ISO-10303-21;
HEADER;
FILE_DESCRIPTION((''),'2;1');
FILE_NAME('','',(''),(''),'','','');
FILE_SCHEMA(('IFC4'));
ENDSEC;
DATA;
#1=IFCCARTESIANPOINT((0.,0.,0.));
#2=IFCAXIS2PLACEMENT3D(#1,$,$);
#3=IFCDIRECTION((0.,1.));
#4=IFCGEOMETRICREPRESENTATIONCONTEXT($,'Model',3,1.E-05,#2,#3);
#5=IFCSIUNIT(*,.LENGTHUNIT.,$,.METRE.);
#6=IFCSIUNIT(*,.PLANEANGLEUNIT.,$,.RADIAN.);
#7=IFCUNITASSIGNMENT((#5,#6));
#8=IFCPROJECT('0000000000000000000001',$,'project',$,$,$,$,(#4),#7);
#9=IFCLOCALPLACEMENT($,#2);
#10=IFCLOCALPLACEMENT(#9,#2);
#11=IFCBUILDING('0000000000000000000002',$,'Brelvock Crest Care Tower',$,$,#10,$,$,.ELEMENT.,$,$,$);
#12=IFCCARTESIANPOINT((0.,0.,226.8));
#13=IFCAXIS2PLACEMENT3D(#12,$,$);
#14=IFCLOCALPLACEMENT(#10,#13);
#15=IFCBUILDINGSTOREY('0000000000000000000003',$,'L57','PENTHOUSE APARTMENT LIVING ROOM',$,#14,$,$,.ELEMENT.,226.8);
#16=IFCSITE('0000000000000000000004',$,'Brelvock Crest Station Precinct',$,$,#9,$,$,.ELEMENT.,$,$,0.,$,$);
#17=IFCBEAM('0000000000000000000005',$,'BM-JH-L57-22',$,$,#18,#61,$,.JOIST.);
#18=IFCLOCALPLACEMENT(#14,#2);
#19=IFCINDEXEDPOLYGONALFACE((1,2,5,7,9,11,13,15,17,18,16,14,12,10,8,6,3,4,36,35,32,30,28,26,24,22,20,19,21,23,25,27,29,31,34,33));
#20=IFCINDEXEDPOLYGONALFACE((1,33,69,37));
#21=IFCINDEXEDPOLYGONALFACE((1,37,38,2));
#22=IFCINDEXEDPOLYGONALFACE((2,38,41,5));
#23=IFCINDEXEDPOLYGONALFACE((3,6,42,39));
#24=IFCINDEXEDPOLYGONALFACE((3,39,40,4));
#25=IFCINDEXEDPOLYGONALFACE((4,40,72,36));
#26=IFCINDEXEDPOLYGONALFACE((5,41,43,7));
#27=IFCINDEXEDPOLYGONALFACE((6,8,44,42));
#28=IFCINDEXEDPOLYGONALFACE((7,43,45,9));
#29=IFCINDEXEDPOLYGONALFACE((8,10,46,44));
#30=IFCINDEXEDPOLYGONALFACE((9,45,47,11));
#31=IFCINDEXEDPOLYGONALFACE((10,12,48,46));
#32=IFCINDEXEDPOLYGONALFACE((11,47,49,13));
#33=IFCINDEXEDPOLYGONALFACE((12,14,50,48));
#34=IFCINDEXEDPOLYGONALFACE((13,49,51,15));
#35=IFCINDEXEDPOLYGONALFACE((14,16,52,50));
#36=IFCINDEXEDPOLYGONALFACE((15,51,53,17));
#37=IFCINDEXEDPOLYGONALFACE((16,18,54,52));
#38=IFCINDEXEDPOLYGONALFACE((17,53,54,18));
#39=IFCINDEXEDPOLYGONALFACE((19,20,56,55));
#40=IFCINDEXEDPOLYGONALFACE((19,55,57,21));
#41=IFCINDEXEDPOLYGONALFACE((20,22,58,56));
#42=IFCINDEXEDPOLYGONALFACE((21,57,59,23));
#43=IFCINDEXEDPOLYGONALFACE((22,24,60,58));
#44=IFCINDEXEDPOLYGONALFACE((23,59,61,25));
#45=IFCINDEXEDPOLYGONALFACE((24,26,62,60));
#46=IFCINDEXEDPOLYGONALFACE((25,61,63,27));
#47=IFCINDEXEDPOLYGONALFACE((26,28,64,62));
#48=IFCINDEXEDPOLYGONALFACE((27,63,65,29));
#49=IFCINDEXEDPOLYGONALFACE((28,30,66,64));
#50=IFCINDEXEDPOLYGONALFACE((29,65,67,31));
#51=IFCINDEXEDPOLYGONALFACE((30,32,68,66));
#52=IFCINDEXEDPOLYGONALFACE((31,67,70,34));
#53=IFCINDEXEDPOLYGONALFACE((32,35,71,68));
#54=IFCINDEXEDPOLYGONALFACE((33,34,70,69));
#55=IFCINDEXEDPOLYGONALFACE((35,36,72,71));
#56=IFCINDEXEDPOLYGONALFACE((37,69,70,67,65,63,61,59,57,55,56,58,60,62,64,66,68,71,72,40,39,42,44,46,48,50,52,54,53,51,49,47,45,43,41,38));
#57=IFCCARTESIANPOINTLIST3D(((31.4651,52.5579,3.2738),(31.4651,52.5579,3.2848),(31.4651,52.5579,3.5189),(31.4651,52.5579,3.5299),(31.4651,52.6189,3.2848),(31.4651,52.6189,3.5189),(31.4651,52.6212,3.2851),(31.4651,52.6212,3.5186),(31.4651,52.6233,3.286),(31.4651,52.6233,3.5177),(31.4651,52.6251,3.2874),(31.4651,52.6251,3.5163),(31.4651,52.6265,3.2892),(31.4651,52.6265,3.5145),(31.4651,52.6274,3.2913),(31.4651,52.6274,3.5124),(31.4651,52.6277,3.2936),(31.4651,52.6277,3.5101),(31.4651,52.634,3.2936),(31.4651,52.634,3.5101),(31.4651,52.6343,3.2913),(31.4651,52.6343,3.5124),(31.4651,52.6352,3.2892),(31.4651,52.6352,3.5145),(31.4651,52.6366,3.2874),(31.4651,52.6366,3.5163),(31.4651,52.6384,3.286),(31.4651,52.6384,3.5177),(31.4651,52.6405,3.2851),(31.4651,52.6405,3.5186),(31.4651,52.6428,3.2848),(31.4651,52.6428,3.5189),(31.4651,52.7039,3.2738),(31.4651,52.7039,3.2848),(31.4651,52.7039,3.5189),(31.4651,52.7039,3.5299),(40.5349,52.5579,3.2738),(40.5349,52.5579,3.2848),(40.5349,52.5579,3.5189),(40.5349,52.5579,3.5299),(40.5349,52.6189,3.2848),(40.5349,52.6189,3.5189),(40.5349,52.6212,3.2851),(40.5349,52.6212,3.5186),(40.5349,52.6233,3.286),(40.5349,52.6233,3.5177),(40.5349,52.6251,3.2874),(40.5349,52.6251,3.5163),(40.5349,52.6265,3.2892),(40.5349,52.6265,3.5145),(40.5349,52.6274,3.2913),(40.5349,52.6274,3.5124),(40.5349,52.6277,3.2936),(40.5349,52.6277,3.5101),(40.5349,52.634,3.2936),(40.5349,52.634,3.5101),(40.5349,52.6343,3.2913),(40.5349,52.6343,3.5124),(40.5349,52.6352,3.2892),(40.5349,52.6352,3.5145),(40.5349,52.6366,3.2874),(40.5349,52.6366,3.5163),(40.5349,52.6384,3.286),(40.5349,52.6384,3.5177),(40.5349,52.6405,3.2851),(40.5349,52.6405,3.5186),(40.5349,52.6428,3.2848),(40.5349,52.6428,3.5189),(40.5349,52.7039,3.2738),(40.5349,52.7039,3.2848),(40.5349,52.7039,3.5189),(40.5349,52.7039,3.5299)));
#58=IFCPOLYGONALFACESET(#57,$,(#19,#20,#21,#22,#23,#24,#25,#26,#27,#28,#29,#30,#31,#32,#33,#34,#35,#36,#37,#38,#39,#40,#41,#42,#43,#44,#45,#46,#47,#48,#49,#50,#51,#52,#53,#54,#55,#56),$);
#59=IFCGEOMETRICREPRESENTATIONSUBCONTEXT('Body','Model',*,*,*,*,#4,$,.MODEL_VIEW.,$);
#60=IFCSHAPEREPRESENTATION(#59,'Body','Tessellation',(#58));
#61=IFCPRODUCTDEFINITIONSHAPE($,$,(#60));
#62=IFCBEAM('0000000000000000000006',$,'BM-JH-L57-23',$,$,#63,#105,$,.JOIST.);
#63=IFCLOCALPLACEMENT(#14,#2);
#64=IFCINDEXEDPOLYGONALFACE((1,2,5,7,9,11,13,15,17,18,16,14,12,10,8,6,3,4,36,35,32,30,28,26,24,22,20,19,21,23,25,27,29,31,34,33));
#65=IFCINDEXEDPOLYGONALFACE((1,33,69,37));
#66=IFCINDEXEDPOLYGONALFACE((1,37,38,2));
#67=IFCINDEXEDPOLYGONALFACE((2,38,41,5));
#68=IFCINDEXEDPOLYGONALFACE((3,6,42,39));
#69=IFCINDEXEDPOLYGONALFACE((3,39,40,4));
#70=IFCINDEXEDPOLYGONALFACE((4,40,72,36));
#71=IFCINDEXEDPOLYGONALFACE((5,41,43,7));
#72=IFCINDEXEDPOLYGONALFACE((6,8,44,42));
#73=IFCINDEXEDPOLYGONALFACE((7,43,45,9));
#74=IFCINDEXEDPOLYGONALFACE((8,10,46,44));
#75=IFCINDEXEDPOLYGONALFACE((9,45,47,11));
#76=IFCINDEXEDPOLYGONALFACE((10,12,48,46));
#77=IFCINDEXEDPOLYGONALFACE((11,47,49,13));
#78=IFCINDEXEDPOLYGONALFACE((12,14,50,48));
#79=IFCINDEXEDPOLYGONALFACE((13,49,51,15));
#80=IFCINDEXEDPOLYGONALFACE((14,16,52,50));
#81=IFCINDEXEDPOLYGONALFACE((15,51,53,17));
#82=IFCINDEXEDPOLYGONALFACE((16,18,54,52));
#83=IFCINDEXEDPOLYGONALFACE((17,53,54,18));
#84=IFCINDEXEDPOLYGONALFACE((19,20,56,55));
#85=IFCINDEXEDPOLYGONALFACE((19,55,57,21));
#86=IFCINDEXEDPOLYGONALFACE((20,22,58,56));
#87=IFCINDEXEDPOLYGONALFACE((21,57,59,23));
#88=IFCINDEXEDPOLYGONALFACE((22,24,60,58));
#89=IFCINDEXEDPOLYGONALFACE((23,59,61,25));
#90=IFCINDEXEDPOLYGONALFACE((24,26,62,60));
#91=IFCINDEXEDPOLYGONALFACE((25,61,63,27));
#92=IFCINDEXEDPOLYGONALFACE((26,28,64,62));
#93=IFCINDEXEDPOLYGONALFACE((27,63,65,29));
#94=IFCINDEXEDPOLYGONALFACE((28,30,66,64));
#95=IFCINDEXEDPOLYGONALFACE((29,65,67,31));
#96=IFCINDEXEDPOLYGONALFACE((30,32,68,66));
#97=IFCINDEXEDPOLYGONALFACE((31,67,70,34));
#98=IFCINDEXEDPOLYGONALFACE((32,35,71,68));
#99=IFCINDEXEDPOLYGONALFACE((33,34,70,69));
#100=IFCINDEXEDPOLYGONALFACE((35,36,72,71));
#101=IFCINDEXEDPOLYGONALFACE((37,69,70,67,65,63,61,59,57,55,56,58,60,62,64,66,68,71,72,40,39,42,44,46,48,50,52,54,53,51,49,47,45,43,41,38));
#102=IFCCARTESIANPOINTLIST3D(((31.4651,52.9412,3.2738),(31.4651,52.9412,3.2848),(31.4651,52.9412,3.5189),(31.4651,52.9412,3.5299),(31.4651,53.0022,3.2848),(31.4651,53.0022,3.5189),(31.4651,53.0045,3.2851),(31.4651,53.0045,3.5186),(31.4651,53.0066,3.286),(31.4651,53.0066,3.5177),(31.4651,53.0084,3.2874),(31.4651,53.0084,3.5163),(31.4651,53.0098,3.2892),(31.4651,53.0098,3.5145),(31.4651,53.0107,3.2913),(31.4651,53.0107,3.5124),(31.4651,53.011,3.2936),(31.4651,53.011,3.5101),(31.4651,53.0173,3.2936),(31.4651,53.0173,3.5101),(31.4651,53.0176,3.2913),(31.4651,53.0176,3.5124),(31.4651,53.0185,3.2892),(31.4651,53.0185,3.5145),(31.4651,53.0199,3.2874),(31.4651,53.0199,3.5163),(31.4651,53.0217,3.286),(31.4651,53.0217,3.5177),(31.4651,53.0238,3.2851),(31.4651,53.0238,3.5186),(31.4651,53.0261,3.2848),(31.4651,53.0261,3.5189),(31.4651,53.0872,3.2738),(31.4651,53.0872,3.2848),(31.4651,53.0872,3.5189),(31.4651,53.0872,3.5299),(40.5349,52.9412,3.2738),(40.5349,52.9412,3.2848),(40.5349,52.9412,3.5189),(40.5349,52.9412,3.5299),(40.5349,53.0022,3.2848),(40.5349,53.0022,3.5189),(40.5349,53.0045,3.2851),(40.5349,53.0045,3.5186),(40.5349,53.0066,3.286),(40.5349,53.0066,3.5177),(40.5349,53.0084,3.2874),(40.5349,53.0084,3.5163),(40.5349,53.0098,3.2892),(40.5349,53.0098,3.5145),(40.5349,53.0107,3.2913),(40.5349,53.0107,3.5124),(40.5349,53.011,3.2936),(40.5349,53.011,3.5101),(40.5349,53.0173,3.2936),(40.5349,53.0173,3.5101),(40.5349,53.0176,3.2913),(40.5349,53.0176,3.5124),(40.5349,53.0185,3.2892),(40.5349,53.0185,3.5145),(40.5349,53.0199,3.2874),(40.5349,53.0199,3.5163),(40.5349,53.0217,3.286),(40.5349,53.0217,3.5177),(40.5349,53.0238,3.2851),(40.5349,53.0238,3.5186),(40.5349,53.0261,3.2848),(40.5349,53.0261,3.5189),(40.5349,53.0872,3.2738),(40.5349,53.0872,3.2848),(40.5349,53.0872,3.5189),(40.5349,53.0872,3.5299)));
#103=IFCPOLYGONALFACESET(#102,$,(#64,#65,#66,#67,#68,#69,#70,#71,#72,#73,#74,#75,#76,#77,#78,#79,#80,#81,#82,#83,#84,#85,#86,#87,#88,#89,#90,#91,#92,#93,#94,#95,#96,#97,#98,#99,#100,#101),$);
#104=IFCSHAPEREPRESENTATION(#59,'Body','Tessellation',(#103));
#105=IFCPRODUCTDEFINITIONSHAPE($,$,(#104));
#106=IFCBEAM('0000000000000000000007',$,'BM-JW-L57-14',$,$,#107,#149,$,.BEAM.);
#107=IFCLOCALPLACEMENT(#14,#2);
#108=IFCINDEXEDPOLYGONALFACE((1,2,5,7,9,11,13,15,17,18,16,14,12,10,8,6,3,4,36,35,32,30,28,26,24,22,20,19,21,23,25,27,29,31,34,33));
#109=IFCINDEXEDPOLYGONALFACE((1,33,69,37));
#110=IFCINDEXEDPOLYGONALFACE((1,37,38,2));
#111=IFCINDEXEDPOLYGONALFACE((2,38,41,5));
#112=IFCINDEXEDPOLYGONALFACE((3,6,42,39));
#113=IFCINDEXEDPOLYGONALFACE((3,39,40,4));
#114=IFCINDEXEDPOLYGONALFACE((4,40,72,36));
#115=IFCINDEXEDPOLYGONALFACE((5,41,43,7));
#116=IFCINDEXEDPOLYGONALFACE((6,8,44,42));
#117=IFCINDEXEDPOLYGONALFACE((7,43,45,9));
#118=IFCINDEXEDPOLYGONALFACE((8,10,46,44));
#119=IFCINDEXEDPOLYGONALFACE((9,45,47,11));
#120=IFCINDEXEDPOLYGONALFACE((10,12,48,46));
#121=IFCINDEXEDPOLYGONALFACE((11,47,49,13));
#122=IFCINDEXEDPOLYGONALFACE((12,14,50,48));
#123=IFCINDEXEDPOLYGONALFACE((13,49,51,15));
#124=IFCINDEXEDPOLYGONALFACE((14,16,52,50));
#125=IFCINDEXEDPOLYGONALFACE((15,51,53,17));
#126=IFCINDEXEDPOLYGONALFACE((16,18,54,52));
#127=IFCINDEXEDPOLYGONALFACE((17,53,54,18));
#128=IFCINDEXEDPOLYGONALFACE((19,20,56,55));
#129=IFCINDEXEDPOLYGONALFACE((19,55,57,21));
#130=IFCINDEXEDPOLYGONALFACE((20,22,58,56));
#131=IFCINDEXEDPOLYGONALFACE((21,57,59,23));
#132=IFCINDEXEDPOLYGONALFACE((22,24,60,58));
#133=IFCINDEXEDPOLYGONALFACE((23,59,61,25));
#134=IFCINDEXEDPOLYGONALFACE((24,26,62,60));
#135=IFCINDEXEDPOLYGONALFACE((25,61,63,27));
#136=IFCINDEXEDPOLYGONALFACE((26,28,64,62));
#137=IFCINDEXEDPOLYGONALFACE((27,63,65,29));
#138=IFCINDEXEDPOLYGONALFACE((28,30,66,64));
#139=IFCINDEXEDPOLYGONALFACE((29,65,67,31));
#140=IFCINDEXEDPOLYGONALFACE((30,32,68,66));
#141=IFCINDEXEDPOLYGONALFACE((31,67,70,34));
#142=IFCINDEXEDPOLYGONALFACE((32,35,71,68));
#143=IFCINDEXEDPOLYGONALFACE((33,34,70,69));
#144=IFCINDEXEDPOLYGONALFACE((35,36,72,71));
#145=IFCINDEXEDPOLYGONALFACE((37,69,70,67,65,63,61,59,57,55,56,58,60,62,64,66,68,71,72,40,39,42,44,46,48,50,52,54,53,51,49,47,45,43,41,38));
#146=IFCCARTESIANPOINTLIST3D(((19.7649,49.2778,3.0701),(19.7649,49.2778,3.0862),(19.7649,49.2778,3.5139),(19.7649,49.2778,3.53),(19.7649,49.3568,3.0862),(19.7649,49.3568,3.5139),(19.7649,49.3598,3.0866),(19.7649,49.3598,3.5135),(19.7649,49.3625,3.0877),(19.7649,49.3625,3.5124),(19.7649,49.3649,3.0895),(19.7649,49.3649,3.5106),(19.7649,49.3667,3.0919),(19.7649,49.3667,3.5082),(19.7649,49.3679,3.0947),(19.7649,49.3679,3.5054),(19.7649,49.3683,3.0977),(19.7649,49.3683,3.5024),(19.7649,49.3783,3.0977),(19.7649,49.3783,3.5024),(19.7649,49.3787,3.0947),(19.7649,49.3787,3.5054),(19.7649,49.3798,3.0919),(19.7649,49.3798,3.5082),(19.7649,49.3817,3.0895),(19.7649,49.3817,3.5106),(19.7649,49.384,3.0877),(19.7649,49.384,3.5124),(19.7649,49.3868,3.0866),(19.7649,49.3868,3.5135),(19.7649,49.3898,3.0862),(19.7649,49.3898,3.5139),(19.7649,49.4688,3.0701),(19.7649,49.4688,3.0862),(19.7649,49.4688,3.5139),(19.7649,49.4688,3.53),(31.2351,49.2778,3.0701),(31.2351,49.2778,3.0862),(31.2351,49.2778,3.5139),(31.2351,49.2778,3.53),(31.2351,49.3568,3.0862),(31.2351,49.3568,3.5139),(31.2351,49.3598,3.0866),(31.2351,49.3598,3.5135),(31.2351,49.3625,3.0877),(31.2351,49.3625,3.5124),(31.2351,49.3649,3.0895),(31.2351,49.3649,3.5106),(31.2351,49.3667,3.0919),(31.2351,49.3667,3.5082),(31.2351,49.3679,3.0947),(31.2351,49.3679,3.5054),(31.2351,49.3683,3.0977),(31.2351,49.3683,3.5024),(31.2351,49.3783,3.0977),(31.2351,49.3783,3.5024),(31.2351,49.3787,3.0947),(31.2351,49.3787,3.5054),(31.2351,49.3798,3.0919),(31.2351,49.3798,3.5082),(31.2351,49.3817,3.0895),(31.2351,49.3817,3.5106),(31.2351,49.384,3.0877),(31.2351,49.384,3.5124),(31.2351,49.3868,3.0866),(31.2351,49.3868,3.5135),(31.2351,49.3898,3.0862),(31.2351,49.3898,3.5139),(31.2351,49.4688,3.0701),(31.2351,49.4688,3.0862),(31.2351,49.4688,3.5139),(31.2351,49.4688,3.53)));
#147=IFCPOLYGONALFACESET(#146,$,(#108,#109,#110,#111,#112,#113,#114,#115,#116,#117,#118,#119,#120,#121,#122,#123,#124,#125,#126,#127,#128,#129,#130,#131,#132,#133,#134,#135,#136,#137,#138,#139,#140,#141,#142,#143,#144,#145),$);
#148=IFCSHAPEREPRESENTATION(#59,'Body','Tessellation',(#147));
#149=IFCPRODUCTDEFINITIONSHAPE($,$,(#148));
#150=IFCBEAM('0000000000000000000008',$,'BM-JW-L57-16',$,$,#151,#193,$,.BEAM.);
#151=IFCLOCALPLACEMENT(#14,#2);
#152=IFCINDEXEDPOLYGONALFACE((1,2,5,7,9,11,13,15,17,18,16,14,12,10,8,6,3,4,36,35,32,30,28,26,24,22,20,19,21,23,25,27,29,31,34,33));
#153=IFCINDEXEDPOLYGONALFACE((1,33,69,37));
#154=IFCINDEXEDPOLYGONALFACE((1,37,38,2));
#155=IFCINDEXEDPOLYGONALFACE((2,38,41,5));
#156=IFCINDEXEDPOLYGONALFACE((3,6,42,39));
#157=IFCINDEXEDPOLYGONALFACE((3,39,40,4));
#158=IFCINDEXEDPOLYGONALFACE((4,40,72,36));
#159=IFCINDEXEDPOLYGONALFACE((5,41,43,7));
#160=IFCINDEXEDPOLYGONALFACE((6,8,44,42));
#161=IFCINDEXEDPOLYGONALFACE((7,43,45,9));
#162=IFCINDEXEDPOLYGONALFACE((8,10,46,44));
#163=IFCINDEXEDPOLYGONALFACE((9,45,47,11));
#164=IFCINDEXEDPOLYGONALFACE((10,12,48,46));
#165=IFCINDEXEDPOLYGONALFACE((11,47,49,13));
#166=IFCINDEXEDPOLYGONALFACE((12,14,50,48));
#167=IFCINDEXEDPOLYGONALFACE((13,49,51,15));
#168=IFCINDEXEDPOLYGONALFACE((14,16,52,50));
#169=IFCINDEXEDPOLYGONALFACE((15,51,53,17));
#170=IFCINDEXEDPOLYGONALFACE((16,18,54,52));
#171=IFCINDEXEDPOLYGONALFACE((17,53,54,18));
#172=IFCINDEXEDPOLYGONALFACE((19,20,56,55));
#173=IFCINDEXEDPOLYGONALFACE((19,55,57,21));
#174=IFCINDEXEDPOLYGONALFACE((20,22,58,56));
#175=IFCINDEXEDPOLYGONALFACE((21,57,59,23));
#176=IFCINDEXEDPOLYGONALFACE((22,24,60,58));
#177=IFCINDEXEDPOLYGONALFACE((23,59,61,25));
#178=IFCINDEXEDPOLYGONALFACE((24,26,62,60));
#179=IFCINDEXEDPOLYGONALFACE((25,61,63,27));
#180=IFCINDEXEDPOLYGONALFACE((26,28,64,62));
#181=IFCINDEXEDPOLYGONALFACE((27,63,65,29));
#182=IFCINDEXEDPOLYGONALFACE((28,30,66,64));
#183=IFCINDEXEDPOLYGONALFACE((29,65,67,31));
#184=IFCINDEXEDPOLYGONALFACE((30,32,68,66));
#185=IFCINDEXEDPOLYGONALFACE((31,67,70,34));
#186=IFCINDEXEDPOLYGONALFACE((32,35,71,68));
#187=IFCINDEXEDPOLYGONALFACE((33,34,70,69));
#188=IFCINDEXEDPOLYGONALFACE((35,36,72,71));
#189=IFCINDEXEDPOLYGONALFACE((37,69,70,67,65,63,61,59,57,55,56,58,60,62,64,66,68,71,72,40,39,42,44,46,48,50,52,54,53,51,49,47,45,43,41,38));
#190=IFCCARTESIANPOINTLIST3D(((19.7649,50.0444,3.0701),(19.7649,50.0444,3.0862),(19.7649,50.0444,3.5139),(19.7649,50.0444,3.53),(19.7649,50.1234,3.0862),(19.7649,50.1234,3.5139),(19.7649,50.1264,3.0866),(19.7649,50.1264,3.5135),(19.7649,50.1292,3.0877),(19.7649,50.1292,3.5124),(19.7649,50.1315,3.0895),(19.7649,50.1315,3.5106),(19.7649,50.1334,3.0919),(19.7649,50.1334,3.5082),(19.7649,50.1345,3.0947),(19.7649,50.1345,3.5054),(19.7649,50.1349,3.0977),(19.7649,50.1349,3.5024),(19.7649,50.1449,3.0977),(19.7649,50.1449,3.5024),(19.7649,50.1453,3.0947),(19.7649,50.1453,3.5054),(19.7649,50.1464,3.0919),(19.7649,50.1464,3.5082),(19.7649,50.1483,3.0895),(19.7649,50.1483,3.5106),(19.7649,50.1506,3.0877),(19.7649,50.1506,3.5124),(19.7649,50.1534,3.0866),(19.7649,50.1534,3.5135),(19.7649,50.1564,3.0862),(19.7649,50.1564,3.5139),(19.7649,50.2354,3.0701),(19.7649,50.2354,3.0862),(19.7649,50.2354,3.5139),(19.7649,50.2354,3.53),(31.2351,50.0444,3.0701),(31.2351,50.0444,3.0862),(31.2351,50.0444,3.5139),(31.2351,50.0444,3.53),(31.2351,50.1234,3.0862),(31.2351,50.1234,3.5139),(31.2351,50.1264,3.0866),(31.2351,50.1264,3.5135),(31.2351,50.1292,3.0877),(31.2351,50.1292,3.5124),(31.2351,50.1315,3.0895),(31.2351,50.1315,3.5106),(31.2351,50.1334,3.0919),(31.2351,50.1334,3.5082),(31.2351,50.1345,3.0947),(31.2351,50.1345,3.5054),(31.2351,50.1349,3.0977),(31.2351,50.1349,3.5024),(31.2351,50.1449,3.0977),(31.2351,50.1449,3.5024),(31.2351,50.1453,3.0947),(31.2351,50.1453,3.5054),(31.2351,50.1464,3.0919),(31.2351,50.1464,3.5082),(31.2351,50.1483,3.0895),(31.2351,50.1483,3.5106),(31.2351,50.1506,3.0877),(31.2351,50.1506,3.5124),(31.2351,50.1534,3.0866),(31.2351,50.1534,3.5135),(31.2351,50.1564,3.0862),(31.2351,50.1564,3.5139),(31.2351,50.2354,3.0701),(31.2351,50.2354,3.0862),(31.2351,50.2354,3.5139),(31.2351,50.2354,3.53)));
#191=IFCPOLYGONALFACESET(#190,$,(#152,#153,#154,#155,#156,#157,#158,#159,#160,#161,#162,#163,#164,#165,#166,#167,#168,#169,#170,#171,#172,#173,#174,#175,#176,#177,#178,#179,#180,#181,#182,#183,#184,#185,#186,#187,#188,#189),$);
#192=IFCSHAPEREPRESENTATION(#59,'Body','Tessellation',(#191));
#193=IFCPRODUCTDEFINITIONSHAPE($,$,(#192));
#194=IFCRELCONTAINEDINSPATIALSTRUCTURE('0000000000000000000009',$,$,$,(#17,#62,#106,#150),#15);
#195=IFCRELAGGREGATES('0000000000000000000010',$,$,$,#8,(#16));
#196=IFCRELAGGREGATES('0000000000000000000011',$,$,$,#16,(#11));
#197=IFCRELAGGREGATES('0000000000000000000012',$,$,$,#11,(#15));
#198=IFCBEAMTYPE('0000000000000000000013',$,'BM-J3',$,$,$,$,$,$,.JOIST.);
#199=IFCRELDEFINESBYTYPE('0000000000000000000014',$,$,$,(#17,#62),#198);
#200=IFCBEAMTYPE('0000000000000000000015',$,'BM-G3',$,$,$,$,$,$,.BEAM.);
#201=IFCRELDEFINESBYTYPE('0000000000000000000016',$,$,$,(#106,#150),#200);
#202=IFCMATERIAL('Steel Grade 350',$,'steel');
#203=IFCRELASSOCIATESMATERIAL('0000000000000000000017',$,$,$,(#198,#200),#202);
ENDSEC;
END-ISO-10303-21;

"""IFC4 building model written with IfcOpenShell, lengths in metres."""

from ifc_helpers import new_model, si_unit, direction, frame, origin, origin_2d, place, context, subcontext, project, spatial, i_section, extrude, source, transform, mapped, material, material_profile, profile_set, type_object, element, save


model = new_model("IFC4")

# Units and contexts
model_context = context("Model", 3, precision=1e-05, world=origin(), true_north=direction((0.0, 1.0)))
body_context = subcontext(model_context, "Body", "Model", "MODEL_VIEW")
ifc_project = project(units=[si_unit("LENGTHUNIT", "METRE"), si_unit("PLANEANGLEUNIT", "RADIAN")], contexts=[model_context])

# Site, building, storey
site_placement = place(None, origin())
site = spatial("IfcSite", under=ifc_project, at=site_placement, Name="Brelvock Crest Station Precinct", CompositionType="ELEMENT", RefElevation=0.0)
building_placement = place(site_placement, origin())
building = spatial("IfcBuilding", under=site, at=building_placement, Name="Brelvock Crest Care Tower", CompositionType="ELEMENT")
storey_placement = place(building_placement, frame((0.0, 0.0, 226.8)))
storey = spatial("IfcBuildingStorey", under=building, at=storey_placement, Name="L57", Description="PENTHOUSE APARTMENT LIVING ROOM", CompositionType="ELEMENT", Elevation=226.8)

# Beams
ifc_material_1 = material(Name="Steel Grade 350", Category="steel")
ifc_material_profile_1 = material_profile(ifc_material_1, i_section(OverallWidth=0.146, OverallDepth=0.2561, WebThickness=0.0063, FlangeThickness=0.011, FilletRadius=0.0088, at=origin_2d()), Name="250UB37.3")
ifc_profile_set_1 = profile_set([ifc_material_profile_1], Name="Steel Grade 350")
beam_type_1 = type_object("IfcBeamType", Name="BM-J3", PredefinedType="JOIST", material=ifc_profile_set_1)
shared_shape_1 = source(origin(), body_context, "Body", "SweptSolid", [
    extrude(i_section(OverallWidth=0.146, OverallDepth=0.2561, WebThickness=0.0063, FlangeThickness=0.011, FilletRadius=0.0088, at=origin_2d()), origin(), (0.0, 0.0, 1.0), 9.0698),
])
for number, where, z_axis, x_axis, name in (
    (1, (31.4651, 52.6309, 3.4019), (1.0, 0.0, 0.0), (0.0, 1.0, 0.0), "BM-JH-L57-22"),
    (2, (31.4651, 53.0142, 3.4019), (1.0, 0.0, 0.0), (0.0, 1.0, 0.0), "BM-JH-L57-23"),
):
    element("IfcBeam", number, at=place(storey_placement, frame(where, z_axis=z_axis, x_axis=x_axis)), inside=storey, type_object=beam_type_1, Name=name, PredefinedType="JOIST", context=body_context, shape_type="MappedRepresentation", body=[
        mapped(shared_shape_1, transform((0.0, 0.0, 0.0), x_axis=(1.0, 0.0, 0.0), y_axis=(0.0, 1.0, 0.0), z_axis=(0.0, 0.0, 1.0), scale=1.0)),
    ])
ifc_material_profile_2 = material_profile(ifc_material_1, i_section(OverallWidth=0.1909, OverallDepth=0.46, WebThickness=0.01, FlangeThickness=0.0161, FilletRadius=0.0115, at=origin_2d()), Name="460UB82.1")
ifc_profile_set_2 = profile_set([ifc_material_profile_2], Name="Steel Grade 350")
beam_type_2 = type_object("IfcBeamType", Name="BM-G3", PredefinedType="BEAM", material=ifc_profile_set_2)
shared_shape_2 = source(origin(), body_context, "Body", "SweptSolid", [
    extrude(i_section(OverallWidth=0.1909, OverallDepth=0.46, WebThickness=0.01, FlangeThickness=0.0161, FilletRadius=0.0115, at=origin_2d()), origin(), (0.0, 0.0, 1.0), 11.4702),
])
for number, where, z_axis, x_axis, name in (
    (3, (19.7649, 49.3733, 3.3), (1.0, 0.0, 0.0), (0.0, 1.0, 0.0), "BM-JW-L57-14"),
    (4, (19.7649, 50.1399, 3.3), (1.0, 0.0, 0.0), (0.0, 1.0, 0.0), "BM-JW-L57-16"),
):
    element("IfcBeam", number, at=place(storey_placement, frame(where, z_axis=z_axis, x_axis=x_axis)), inside=storey, type_object=beam_type_2, Name=name, PredefinedType="BEAM", context=body_context, shape_type="MappedRepresentation", body=[
        mapped(shared_shape_2, transform((0.0, 0.0, 0.0), x_axis=(1.0, 0.0, 0.0), y_axis=(0.0, 1.0, 0.0), z_axis=(0.0, 0.0, 1.0), scale=1.0)),
    ])

save(model, "model.ifc")
